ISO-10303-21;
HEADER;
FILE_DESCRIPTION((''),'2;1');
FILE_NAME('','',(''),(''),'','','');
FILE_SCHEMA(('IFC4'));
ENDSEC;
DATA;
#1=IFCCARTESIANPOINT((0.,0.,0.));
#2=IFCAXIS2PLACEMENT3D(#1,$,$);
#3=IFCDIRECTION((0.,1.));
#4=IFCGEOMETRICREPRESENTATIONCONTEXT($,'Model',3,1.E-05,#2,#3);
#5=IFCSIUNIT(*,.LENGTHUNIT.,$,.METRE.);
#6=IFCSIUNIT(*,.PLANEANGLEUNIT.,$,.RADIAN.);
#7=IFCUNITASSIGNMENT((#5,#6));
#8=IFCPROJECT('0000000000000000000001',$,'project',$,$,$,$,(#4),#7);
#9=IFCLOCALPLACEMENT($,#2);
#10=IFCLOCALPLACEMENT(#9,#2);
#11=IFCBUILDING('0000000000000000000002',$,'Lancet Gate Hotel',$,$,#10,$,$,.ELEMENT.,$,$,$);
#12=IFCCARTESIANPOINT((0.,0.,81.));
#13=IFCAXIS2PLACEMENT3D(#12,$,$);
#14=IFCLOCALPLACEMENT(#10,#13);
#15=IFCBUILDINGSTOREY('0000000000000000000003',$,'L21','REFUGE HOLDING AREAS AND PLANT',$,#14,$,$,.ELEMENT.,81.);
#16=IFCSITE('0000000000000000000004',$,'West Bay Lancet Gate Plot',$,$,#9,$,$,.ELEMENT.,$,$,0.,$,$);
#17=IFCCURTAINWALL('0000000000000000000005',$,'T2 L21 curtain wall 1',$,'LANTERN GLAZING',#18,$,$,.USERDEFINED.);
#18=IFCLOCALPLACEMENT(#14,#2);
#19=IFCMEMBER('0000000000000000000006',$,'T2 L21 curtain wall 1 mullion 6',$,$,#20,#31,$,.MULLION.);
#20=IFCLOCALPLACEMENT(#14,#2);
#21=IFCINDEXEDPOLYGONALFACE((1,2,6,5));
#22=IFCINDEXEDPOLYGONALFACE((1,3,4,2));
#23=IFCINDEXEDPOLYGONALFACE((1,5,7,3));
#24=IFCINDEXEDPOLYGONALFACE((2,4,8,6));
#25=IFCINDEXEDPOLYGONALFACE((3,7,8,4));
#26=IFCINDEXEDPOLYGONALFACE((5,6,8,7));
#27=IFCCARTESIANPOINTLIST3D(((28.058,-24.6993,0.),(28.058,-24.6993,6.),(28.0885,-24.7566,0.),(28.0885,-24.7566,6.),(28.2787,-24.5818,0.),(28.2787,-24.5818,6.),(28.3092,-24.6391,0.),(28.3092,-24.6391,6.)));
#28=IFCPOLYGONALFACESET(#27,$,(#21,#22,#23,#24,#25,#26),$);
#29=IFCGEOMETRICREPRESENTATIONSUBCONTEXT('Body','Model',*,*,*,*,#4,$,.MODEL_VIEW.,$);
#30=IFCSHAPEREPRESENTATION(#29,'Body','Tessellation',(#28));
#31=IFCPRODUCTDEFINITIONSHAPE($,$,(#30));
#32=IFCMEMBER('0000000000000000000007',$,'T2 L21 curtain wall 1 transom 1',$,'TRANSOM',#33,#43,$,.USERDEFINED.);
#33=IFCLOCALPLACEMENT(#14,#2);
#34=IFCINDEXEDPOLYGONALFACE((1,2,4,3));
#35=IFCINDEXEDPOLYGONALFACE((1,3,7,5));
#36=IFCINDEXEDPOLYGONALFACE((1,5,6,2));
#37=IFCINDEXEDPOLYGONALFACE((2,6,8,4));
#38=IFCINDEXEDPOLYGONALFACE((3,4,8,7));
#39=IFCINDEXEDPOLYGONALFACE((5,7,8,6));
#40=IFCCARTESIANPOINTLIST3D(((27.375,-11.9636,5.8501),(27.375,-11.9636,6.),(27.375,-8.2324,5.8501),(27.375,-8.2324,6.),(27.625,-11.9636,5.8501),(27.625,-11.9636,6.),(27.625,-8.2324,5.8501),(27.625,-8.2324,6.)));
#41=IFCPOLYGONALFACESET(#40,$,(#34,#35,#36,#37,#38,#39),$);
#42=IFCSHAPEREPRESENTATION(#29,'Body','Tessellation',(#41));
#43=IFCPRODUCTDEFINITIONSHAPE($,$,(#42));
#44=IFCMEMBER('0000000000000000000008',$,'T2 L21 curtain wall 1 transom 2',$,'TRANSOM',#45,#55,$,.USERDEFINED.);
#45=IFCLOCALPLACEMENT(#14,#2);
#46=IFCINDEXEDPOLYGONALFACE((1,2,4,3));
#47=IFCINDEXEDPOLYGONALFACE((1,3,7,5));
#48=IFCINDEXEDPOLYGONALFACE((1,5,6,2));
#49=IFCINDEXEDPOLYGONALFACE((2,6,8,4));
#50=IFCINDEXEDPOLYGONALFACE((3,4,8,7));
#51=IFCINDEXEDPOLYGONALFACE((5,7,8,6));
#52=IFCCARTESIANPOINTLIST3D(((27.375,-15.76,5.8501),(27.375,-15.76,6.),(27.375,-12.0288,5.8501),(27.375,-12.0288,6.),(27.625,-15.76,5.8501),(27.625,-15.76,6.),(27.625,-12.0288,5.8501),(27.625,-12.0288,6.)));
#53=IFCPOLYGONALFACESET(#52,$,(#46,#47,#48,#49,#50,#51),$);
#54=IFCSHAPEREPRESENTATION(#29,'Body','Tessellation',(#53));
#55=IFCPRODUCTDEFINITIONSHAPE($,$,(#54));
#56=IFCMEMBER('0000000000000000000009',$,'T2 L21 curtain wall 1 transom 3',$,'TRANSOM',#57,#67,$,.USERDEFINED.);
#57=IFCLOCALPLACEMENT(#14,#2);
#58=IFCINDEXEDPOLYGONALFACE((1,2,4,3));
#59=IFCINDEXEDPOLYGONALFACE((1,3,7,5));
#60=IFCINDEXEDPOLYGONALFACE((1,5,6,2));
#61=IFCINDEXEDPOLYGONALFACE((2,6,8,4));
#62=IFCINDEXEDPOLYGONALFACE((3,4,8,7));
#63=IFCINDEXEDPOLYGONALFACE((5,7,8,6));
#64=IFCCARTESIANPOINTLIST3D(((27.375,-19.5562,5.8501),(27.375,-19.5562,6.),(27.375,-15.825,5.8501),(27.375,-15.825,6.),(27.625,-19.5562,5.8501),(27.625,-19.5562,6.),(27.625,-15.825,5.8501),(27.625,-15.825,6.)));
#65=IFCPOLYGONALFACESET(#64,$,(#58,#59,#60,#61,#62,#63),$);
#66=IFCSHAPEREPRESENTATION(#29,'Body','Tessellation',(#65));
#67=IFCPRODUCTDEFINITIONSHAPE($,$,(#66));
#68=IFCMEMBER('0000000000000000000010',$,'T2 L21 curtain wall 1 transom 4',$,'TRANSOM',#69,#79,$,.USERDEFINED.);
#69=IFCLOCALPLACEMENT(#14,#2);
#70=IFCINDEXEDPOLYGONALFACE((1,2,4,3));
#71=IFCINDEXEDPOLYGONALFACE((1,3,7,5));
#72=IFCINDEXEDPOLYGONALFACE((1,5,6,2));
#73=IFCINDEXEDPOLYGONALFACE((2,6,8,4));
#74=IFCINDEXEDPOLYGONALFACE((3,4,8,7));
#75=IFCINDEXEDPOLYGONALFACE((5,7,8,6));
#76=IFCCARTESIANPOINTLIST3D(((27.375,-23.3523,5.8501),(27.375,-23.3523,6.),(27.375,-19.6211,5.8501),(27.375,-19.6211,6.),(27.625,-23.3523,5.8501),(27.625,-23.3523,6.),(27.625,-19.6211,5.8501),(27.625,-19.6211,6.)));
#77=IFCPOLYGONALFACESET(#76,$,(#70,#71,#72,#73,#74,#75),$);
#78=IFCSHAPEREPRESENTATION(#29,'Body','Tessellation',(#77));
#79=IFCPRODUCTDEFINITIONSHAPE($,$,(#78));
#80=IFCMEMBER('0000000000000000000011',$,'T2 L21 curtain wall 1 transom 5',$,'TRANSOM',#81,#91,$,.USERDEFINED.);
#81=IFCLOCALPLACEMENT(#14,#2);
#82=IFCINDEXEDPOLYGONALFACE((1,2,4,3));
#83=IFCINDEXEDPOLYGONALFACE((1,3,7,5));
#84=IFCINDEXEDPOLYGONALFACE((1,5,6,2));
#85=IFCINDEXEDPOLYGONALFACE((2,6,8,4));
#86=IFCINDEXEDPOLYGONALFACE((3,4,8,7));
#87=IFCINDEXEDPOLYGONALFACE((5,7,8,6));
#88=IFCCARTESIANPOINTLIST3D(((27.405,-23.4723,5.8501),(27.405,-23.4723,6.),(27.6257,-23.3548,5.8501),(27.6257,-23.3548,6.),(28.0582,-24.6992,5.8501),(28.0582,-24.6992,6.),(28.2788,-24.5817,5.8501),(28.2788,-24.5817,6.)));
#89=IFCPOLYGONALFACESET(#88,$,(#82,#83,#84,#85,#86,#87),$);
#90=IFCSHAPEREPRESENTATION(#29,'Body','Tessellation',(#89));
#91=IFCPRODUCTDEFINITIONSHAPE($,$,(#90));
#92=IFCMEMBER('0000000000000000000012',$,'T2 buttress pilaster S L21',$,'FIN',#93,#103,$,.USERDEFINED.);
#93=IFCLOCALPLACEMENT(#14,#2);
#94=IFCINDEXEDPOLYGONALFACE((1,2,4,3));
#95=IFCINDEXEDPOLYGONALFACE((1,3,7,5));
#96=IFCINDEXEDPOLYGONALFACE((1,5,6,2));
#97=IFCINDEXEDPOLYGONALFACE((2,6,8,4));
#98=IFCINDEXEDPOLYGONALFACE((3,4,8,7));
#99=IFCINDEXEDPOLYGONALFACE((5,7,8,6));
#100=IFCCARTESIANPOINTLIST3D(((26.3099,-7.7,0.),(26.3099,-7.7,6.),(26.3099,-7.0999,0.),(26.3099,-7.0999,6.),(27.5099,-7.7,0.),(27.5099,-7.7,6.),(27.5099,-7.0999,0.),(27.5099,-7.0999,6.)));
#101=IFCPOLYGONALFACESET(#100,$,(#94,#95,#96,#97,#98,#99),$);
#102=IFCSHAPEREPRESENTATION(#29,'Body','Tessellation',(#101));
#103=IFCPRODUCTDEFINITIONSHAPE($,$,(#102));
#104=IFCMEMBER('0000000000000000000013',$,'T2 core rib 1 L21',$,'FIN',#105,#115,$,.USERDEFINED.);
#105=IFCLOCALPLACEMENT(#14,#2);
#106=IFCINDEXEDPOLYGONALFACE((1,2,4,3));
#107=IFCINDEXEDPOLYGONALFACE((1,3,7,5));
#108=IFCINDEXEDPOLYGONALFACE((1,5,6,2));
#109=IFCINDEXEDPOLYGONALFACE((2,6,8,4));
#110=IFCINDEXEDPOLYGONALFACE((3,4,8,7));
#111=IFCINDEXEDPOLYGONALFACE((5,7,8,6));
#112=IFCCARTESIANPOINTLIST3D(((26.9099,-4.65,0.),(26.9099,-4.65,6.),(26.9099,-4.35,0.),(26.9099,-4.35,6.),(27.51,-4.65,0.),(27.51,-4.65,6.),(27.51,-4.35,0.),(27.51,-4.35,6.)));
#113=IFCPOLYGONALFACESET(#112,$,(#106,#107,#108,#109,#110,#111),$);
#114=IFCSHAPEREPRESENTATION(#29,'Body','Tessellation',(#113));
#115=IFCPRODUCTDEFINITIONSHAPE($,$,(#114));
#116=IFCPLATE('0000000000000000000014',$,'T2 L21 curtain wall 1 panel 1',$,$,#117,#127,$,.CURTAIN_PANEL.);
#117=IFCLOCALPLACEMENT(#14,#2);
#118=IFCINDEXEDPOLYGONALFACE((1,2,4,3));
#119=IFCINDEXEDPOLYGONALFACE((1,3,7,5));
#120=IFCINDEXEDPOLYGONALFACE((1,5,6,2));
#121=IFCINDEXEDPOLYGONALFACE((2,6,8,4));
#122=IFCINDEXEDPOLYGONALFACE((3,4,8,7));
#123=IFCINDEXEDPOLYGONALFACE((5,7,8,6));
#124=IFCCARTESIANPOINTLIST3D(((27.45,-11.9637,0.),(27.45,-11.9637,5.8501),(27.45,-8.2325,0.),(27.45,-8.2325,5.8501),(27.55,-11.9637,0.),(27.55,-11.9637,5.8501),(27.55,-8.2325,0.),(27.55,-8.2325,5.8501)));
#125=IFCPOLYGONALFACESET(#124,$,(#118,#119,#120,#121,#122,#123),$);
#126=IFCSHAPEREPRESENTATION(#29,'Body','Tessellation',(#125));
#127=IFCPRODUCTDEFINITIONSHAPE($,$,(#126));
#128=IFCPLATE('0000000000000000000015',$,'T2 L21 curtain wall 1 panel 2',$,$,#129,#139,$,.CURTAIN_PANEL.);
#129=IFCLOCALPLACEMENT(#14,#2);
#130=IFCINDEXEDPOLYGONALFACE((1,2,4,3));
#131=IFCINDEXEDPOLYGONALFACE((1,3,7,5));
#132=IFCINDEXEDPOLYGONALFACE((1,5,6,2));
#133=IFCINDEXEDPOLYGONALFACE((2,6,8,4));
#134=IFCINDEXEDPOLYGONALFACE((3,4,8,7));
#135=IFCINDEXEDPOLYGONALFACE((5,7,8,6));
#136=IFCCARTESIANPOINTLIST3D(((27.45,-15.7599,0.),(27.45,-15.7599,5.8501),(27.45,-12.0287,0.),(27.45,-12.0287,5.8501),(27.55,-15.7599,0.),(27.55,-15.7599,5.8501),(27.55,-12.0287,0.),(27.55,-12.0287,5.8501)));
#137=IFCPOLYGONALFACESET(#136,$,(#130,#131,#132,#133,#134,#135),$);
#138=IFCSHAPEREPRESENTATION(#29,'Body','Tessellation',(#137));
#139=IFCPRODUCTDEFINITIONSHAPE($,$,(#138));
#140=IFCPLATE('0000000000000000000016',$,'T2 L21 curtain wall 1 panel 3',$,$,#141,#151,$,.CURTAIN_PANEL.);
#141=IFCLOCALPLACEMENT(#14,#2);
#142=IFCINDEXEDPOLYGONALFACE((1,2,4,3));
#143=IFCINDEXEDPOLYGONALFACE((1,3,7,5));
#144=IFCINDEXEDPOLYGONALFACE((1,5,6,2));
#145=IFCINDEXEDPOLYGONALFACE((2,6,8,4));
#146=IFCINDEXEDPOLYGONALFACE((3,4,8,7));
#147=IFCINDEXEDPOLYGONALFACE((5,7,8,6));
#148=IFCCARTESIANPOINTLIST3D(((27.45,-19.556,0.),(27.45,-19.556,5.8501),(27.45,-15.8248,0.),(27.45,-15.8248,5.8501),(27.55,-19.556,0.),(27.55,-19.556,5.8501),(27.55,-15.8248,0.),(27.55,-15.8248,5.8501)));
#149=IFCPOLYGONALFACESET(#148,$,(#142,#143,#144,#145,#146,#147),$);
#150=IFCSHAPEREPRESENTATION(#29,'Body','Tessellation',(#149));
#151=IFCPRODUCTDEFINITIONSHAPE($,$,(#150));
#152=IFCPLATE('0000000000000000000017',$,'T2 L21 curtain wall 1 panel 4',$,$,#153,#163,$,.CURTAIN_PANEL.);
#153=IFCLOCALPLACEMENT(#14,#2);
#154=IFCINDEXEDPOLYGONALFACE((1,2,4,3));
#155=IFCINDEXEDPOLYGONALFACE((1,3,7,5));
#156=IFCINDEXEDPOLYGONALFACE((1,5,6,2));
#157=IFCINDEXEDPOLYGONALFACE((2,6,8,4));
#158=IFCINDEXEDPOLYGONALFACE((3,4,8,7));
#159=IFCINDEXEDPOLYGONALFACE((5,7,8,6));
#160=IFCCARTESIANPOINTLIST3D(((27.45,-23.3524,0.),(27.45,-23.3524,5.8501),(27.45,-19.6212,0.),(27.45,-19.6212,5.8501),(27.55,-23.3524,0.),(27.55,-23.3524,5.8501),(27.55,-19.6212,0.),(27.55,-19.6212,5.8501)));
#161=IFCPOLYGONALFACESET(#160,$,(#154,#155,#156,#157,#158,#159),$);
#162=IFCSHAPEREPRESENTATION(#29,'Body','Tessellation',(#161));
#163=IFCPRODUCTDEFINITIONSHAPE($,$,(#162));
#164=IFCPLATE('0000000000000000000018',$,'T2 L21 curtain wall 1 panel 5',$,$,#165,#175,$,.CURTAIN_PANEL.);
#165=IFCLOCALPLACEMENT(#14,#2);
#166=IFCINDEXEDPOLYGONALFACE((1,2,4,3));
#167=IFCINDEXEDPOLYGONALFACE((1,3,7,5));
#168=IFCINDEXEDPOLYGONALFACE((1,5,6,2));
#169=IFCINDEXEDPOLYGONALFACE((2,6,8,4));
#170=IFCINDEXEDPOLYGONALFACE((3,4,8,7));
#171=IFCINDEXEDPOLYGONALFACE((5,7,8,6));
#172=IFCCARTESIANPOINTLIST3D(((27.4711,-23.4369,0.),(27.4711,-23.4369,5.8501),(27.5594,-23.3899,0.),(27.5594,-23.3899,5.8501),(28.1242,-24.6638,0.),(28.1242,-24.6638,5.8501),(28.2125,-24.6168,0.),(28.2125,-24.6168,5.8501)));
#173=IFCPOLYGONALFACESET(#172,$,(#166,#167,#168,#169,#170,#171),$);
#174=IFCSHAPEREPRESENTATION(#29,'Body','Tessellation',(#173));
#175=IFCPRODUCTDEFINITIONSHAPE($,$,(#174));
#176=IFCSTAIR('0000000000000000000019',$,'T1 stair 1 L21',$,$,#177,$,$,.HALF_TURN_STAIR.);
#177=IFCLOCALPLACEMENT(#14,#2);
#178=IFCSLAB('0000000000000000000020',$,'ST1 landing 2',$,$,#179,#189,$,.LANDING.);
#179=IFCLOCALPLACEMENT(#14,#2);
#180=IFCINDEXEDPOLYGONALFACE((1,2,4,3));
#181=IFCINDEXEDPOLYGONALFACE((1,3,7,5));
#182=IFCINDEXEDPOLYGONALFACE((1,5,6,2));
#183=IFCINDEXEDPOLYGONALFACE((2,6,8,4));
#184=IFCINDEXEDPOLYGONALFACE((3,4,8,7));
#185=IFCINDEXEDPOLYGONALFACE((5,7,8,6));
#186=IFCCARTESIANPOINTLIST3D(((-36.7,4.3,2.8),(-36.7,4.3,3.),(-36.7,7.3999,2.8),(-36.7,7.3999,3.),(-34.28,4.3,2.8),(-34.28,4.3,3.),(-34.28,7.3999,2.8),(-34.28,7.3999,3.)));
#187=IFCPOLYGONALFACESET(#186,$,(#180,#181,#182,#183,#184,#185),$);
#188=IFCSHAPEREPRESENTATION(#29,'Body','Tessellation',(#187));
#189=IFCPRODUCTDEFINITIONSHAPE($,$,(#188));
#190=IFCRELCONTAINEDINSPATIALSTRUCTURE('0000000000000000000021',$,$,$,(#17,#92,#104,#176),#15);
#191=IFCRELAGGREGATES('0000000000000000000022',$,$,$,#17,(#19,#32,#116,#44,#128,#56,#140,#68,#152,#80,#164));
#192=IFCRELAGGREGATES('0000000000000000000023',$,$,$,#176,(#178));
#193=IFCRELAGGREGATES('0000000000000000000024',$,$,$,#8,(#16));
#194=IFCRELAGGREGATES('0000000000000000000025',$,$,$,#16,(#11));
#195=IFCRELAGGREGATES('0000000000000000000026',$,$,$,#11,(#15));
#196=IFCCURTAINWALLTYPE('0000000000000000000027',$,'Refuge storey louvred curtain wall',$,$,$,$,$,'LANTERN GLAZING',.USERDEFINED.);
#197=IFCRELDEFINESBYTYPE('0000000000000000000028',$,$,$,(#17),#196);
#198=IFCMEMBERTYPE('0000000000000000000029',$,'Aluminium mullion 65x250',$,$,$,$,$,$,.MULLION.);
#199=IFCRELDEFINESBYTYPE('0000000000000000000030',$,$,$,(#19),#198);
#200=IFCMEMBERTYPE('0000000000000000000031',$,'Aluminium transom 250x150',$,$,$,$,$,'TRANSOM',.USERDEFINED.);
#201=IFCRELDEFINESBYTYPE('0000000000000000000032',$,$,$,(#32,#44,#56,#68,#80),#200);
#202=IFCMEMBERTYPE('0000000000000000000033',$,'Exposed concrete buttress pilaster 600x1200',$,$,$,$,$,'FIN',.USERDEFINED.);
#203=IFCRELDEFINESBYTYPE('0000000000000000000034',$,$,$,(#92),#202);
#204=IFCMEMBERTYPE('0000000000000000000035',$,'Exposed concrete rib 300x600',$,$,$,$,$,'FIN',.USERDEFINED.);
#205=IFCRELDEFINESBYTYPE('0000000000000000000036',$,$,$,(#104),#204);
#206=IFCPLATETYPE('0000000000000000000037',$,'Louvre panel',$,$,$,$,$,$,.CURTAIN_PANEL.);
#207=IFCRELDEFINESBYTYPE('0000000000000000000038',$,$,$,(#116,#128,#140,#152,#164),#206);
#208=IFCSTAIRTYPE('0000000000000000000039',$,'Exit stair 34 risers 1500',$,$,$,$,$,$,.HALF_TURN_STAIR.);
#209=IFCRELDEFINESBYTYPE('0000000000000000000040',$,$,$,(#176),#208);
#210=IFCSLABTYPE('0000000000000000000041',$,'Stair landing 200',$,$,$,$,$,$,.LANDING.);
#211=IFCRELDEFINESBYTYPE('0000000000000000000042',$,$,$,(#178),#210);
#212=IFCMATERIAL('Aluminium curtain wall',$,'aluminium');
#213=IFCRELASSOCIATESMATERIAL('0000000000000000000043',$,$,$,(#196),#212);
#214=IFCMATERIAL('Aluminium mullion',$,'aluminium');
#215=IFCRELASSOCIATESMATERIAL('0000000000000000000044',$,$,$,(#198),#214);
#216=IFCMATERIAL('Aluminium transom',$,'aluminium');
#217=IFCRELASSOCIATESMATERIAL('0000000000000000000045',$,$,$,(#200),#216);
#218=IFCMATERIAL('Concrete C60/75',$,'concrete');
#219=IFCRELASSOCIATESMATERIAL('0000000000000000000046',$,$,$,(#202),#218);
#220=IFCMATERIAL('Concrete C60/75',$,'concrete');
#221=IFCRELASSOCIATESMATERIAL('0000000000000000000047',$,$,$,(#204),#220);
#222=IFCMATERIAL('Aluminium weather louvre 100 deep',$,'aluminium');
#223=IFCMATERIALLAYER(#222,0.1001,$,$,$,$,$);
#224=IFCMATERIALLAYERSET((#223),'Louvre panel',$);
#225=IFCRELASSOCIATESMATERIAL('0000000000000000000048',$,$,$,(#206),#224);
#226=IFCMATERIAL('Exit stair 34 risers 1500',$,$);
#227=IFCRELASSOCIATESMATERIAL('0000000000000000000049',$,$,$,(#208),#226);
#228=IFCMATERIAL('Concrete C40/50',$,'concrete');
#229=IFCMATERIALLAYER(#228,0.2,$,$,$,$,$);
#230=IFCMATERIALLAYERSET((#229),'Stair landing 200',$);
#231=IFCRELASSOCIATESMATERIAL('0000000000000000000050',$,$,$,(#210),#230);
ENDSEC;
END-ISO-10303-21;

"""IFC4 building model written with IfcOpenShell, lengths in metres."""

from ifc_helpers import new_model, si_unit, direction, frame, origin, origin_2d, place, context, subcontext, project, spatial, polyline, rectangle, outline, extrude, material, layer, layer_set, material_profile, profile_set, type_object, element, aggregate, save


model = new_model("IFC4")

# Units and contexts
model_context = context("Model", 3, precision=1e-05, world=origin(), true_north=direction((0.0, 1.0)))
body_context = subcontext(model_context, "Body", "Model", "MODEL_VIEW")
ifc_project = project(units=[si_unit("LENGTHUNIT", "METRE"), si_unit("PLANEANGLEUNIT", "RADIAN")], contexts=[model_context])

# Site, building, storey
site_placement = place(None, origin())
site = spatial("IfcSite", under=ifc_project, at=site_placement, Name="West Bay Lancet Gate Plot", CompositionType="ELEMENT", RefElevation=0.0)
building_placement = place(site_placement, origin())
building = spatial("IfcBuilding", under=site, at=building_placement, Name="Lancet Gate Hotel", CompositionType="ELEMENT")
storey_placement = place(building_placement, frame((0.0, 0.0, 81.0)))
storey = spatial("IfcBuildingStorey", under=building, at=storey_placement, Name="L21", Description="REFUGE HOLDING AREAS AND PLANT", CompositionType="ELEMENT", Elevation=81.0)

# Curtain wall, members
ifc_material_1 = material(Name="Aluminium curtain wall", Category="aluminium")
curtain_wall_type = type_object("IfcCurtainWallType", Name="Refuge storey louvred curtain wall", ElementType="LANTERN GLAZING", PredefinedType="USERDEFINED", material=ifc_material_1)
curtain_wall_placement = place(storey_placement, origin())
curtain_wall = element("IfcCurtainWall", 1, at=curtain_wall_placement, inside=storey, type_object=curtain_wall_type, Name="T2 L21 curtain wall 1", ObjectType="LANTERN GLAZING", PredefinedType="USERDEFINED")
ifc_material_2 = material(Name="Aluminium mullion", Category="aluminium")
ifc_material_profile_1 = material_profile(ifc_material_2, rectangle(XDim=0.0649, YDim=0.25, at=origin_2d()), Name="MULLION 65x250")
ifc_profile_set_1 = profile_set([ifc_material_profile_1], Name="Aluminium mullion")
member_type_1 = type_object("IfcMemberType", Name="Aluminium mullion 65x250", PredefinedType="MULLION", material=ifc_profile_set_1)
member_1_placement = place(storey_placement, frame((28.1836, -24.6692, 0.0), z_axis=(0.0, 0.0, 1.0), x_axis=(0.469898, -0.882721, 0.0)))
member_1 = element("IfcMember", 2, at=member_1_placement, type_object=member_type_1, Name="T2 L21 curtain wall 1 mullion 6", PredefinedType="MULLION", context=body_context, shape_type="SweptSolid", body=[
    extrude(rectangle(XDim=0.0649, YDim=0.25, at=origin_2d()), origin(), (0.0, 0.0, 1.0), 6.0),
])
ifc_material_3 = material(Name="Aluminium transom", Category="aluminium")
ifc_material_profile_2 = material_profile(ifc_material_3, rectangle(XDim=0.25, YDim=0.1499, at=origin_2d()), Name="TRANSOM 250x150")
ifc_profile_set_2 = profile_set([ifc_material_profile_2], Name="Aluminium transom")
member_type_2 = type_object("IfcMemberType", Name="Aluminium transom 250x150", ElementType="TRANSOM", PredefinedType="USERDEFINED", material=ifc_profile_set_2)
member_2_placement = place(storey_placement, frame((27.5, -8.2324, 5.925), z_axis=(0.0, -1.0, 0.0), x_axis=(1.0, 0.0, 0.0)))
member_2 = element("IfcMember", 3, at=member_2_placement, type_object=member_type_2, Name="T2 L21 curtain wall 1 transom 1", ObjectType="TRANSOM", PredefinedType="USERDEFINED", context=body_context, shape_type="SweptSolid", body=[
    extrude(rectangle(XDim=0.25, YDim=0.1499, at=origin_2d()), origin(), (0.0, 0.0, 1.0), 3.7312),
])
member_3_placement = place(storey_placement, frame((27.5, -12.0288, 5.925), z_axis=(0.0, -1.0, 0.0), x_axis=(1.0, 0.0, 0.0)))
member_3 = element("IfcMember", 4, at=member_3_placement, type_object=member_type_2, Name="T2 L21 curtain wall 1 transom 2", ObjectType="TRANSOM", PredefinedType="USERDEFINED", context=body_context, shape_type="SweptSolid", body=[
    extrude(rectangle(XDim=0.25, YDim=0.1499, at=origin_2d()), origin(), (0.0, 0.0, 1.0), 3.7312),
])
member_4_placement = place(storey_placement, frame((27.5, -15.825, 5.925), z_axis=(0.0, -1.0, 0.0), x_axis=(1.0, 0.0, 0.0)))
member_4 = element("IfcMember", 5, at=member_4_placement, type_object=member_type_2, Name="T2 L21 curtain wall 1 transom 3", ObjectType="TRANSOM", PredefinedType="USERDEFINED", context=body_context, shape_type="SweptSolid", body=[
    extrude(rectangle(XDim=0.25, YDim=0.1499, at=origin_2d()), origin(), (0.0, 0.0, 1.0), 3.7312),
])
member_5_placement = place(storey_placement, frame((27.5, -19.6211, 5.925), z_axis=(0.0, -1.0, 0.0), x_axis=(1.0, 0.0, 0.0)))
member_5 = element("IfcMember", 6, at=member_5_placement, type_object=member_type_2, Name="T2 L21 curtain wall 1 transom 4", ObjectType="TRANSOM", PredefinedType="USERDEFINED", context=body_context, shape_type="SweptSolid", body=[
    extrude(rectangle(XDim=0.25, YDim=0.1499, at=origin_2d()), origin(), (0.0, 0.0, 1.0), 3.7312),
])
member_6_placement = place(storey_placement, frame((27.5154, -23.4136, 5.925), z_axis=(0.469904, -0.882717, 0.0), x_axis=(0.882717, 0.469904, 0.0)))
member_6 = element("IfcMember", 7, at=member_6_placement, type_object=member_type_2, Name="T2 L21 curtain wall 1 transom 5", ObjectType="TRANSOM", PredefinedType="USERDEFINED", context=body_context, shape_type="SweptSolid", body=[
    extrude(rectangle(XDim=0.25, YDim=0.1499, at=origin_2d()), origin(), (0.0, 0.0, 1.0), 1.3899),
])

# Members
ifc_material_4 = material(Name="Concrete C60/75", Category="concrete")
ifc_material_profile_3 = material_profile(ifc_material_4, rectangle(XDim=0.6001, YDim=1.2, at=origin_2d()), Name="FIN 600x1200")
ifc_profile_set_3 = profile_set([ifc_material_profile_3], Name="Concrete C60/75")
member_type_3 = type_object("IfcMemberType", Name="Exposed concrete buttress pilaster 600x1200", ElementType="FIN", PredefinedType="USERDEFINED", material=ifc_profile_set_3)
member_7_placement = place(storey_placement, frame((26.9099, -7.3999, 0.0), z_axis=(0.0, 0.0, 1.0), x_axis=(0.0, 1.0, 0.0)))
element("IfcMember", 8, at=member_7_placement, inside=storey, type_object=member_type_3, Name="T2 buttress pilaster S L21", ObjectType="FIN", PredefinedType="USERDEFINED", context=body_context, shape_type="SweptSolid", body=[
    extrude(rectangle(XDim=0.6001, YDim=1.2, at=origin_2d()), origin(), (0.0, 0.0, 1.0), 6.0),
])
ifc_material_5 = material(Name="Concrete C60/75", Category="concrete")
ifc_material_profile_4 = material_profile(ifc_material_5, rectangle(XDim=0.3, YDim=0.6001, at=origin_2d()), Name="FIN 300x600")
ifc_profile_set_4 = profile_set([ifc_material_profile_4], Name="Concrete C60/75")
member_type_4 = type_object("IfcMemberType", Name="Exposed concrete rib 300x600", ElementType="FIN", PredefinedType="USERDEFINED", material=ifc_profile_set_4)
member_8_placement = place(storey_placement, frame((27.21, -4.5, 0.0), z_axis=(0.0, 0.0, 1.0), x_axis=(0.0, 1.0, 0.0)))
element("IfcMember", 9, at=member_8_placement, inside=storey, type_object=member_type_4, Name="T2 core rib 1 L21", ObjectType="FIN", PredefinedType="USERDEFINED", context=body_context, shape_type="SweptSolid", body=[
    extrude(rectangle(XDim=0.3, YDim=0.6001, at=origin_2d()), origin(), (0.0, 0.0, 1.0), 6.0),
])

# Plates
ifc_material_6 = material(Name="Aluminium weather louvre 100 deep", Category="aluminium")
ifc_layer_1 = layer(ifc_material_6, 0.1001)
ifc_layer_set_1 = layer_set([ifc_layer_1], Name="Louvre panel")
plate_type = type_object("IfcPlateType", Name="Louvre panel", PredefinedType="CURTAIN_PANEL", material=ifc_layer_set_1)
plate_1_placement = place(storey_placement, frame((27.5, -10.0981, 0.0), z_axis=(0.0, 0.0, 1.0), x_axis=(0.0, -1.0, 0.0)))
plate_1 = element("IfcPlate", 10, at=plate_1_placement, type_object=plate_type, Name="T2 L21 curtain wall 1 panel 1", PredefinedType="CURTAIN_PANEL", context=body_context, shape_type="SweptSolid", body=[
    extrude(rectangle(XDim=3.7312, YDim=0.1001, at=origin_2d()), origin(), (0.0, 0.0, 1.0), 5.8501),
])
plate_2_placement = place(storey_placement, frame((27.5, -13.8943, 0.0), z_axis=(0.0, 0.0, 1.0), x_axis=(0.0, -1.0, 0.0)))
plate_2 = element("IfcPlate", 11, at=plate_2_placement, type_object=plate_type, Name="T2 L21 curtain wall 1 panel 2", PredefinedType="CURTAIN_PANEL", context=body_context, shape_type="SweptSolid", body=[
    extrude(rectangle(XDim=3.7312, YDim=0.1001, at=origin_2d()), origin(), (0.0, 0.0, 1.0), 5.8501),
])
plate_3_placement = place(storey_placement, frame((27.5, -17.6904, 0.0), z_axis=(0.0, 0.0, 1.0), x_axis=(0.0, -1.0, 0.0)))
plate_3 = element("IfcPlate", 12, at=plate_3_placement, type_object=plate_type, Name="T2 L21 curtain wall 1 panel 3", PredefinedType="CURTAIN_PANEL", context=body_context, shape_type="SweptSolid", body=[
    extrude(rectangle(XDim=3.7312, YDim=0.1001, at=origin_2d()), origin(), (0.0, 0.0, 1.0), 5.8501),
])
plate_4_placement = place(storey_placement, frame((27.5, -21.4868, 0.0), z_axis=(0.0, 0.0, 1.0), x_axis=(0.0, -1.0, 0.0)))
plate_4 = element("IfcPlate", 13, at=plate_4_placement, type_object=plate_type, Name="T2 L21 curtain wall 1 panel 4", PredefinedType="CURTAIN_PANEL", context=body_context, shape_type="SweptSolid", body=[
    extrude(rectangle(XDim=3.7312, YDim=0.1001, at=origin_2d()), origin(), (0.0, 0.0, 1.0), 5.8501),
])
plate_5_placement = place(storey_placement, frame((27.8418, -24.0269, 0.0), z_axis=(0.0, 0.0, 1.0), x_axis=(0.469898, -0.882721, 0.0)))
plate_5 = element("IfcPlate", 14, at=plate_5_placement, type_object=plate_type, Name="T2 L21 curtain wall 1 panel 5", PredefinedType="CURTAIN_PANEL", context=body_context, shape_type="SweptSolid", body=[
    extrude(rectangle(XDim=1.3899, YDim=0.1001, at=origin_2d()), origin(), (0.0, 0.0, 1.0), 5.8501),
])
aggregate(curtain_wall, [member_1, member_2, plate_1, member_3, plate_2, member_4, plate_3, member_5, plate_4, member_6, plate_5])

# Stair, slab
ifc_material_7 = material(Name="Exit stair 34 risers 1500")
stair_type = type_object("IfcStairType", Name="Exit stair 34 risers 1500", PredefinedType="HALF_TURN_STAIR", material=ifc_material_7)
stair_1_placement = place(storey_placement, origin())
stair_1 = element("IfcStair", 15, at=stair_1_placement, inside=storey, type_object=stair_type, Name="T1 stair 1 L21", PredefinedType="HALF_TURN_STAIR")
ifc_material_8 = material(Name="Concrete C40/50", Category="concrete")
ifc_layer_2 = layer(ifc_material_8, 0.2)
ifc_layer_set_2 = layer_set([ifc_layer_2], Name="Stair landing 200")
slab_type = type_object("IfcSlabType", Name="Stair landing 200", PredefinedType="LANDING", material=ifc_layer_set_2)
slab_1_placement = place(storey_placement, frame((0.0, 0.0, 2.8)))
slab_1 = element("IfcSlab", 16, at=slab_1_placement, type_object=slab_type, Name="ST1 landing 2", PredefinedType="LANDING", context=body_context, shape_type="SweptSolid", body=[
    extrude(outline(polyline([(-34.28, 7.3999), (-36.7, 7.3999), (-36.7, 4.3), (-34.28, 4.3), (-34.28, 7.3999)])), origin(), (0.0, 0.0, 1.0), 0.2),
])
aggregate(stair_1, [slab_1])

save(model, "model.ifc")
